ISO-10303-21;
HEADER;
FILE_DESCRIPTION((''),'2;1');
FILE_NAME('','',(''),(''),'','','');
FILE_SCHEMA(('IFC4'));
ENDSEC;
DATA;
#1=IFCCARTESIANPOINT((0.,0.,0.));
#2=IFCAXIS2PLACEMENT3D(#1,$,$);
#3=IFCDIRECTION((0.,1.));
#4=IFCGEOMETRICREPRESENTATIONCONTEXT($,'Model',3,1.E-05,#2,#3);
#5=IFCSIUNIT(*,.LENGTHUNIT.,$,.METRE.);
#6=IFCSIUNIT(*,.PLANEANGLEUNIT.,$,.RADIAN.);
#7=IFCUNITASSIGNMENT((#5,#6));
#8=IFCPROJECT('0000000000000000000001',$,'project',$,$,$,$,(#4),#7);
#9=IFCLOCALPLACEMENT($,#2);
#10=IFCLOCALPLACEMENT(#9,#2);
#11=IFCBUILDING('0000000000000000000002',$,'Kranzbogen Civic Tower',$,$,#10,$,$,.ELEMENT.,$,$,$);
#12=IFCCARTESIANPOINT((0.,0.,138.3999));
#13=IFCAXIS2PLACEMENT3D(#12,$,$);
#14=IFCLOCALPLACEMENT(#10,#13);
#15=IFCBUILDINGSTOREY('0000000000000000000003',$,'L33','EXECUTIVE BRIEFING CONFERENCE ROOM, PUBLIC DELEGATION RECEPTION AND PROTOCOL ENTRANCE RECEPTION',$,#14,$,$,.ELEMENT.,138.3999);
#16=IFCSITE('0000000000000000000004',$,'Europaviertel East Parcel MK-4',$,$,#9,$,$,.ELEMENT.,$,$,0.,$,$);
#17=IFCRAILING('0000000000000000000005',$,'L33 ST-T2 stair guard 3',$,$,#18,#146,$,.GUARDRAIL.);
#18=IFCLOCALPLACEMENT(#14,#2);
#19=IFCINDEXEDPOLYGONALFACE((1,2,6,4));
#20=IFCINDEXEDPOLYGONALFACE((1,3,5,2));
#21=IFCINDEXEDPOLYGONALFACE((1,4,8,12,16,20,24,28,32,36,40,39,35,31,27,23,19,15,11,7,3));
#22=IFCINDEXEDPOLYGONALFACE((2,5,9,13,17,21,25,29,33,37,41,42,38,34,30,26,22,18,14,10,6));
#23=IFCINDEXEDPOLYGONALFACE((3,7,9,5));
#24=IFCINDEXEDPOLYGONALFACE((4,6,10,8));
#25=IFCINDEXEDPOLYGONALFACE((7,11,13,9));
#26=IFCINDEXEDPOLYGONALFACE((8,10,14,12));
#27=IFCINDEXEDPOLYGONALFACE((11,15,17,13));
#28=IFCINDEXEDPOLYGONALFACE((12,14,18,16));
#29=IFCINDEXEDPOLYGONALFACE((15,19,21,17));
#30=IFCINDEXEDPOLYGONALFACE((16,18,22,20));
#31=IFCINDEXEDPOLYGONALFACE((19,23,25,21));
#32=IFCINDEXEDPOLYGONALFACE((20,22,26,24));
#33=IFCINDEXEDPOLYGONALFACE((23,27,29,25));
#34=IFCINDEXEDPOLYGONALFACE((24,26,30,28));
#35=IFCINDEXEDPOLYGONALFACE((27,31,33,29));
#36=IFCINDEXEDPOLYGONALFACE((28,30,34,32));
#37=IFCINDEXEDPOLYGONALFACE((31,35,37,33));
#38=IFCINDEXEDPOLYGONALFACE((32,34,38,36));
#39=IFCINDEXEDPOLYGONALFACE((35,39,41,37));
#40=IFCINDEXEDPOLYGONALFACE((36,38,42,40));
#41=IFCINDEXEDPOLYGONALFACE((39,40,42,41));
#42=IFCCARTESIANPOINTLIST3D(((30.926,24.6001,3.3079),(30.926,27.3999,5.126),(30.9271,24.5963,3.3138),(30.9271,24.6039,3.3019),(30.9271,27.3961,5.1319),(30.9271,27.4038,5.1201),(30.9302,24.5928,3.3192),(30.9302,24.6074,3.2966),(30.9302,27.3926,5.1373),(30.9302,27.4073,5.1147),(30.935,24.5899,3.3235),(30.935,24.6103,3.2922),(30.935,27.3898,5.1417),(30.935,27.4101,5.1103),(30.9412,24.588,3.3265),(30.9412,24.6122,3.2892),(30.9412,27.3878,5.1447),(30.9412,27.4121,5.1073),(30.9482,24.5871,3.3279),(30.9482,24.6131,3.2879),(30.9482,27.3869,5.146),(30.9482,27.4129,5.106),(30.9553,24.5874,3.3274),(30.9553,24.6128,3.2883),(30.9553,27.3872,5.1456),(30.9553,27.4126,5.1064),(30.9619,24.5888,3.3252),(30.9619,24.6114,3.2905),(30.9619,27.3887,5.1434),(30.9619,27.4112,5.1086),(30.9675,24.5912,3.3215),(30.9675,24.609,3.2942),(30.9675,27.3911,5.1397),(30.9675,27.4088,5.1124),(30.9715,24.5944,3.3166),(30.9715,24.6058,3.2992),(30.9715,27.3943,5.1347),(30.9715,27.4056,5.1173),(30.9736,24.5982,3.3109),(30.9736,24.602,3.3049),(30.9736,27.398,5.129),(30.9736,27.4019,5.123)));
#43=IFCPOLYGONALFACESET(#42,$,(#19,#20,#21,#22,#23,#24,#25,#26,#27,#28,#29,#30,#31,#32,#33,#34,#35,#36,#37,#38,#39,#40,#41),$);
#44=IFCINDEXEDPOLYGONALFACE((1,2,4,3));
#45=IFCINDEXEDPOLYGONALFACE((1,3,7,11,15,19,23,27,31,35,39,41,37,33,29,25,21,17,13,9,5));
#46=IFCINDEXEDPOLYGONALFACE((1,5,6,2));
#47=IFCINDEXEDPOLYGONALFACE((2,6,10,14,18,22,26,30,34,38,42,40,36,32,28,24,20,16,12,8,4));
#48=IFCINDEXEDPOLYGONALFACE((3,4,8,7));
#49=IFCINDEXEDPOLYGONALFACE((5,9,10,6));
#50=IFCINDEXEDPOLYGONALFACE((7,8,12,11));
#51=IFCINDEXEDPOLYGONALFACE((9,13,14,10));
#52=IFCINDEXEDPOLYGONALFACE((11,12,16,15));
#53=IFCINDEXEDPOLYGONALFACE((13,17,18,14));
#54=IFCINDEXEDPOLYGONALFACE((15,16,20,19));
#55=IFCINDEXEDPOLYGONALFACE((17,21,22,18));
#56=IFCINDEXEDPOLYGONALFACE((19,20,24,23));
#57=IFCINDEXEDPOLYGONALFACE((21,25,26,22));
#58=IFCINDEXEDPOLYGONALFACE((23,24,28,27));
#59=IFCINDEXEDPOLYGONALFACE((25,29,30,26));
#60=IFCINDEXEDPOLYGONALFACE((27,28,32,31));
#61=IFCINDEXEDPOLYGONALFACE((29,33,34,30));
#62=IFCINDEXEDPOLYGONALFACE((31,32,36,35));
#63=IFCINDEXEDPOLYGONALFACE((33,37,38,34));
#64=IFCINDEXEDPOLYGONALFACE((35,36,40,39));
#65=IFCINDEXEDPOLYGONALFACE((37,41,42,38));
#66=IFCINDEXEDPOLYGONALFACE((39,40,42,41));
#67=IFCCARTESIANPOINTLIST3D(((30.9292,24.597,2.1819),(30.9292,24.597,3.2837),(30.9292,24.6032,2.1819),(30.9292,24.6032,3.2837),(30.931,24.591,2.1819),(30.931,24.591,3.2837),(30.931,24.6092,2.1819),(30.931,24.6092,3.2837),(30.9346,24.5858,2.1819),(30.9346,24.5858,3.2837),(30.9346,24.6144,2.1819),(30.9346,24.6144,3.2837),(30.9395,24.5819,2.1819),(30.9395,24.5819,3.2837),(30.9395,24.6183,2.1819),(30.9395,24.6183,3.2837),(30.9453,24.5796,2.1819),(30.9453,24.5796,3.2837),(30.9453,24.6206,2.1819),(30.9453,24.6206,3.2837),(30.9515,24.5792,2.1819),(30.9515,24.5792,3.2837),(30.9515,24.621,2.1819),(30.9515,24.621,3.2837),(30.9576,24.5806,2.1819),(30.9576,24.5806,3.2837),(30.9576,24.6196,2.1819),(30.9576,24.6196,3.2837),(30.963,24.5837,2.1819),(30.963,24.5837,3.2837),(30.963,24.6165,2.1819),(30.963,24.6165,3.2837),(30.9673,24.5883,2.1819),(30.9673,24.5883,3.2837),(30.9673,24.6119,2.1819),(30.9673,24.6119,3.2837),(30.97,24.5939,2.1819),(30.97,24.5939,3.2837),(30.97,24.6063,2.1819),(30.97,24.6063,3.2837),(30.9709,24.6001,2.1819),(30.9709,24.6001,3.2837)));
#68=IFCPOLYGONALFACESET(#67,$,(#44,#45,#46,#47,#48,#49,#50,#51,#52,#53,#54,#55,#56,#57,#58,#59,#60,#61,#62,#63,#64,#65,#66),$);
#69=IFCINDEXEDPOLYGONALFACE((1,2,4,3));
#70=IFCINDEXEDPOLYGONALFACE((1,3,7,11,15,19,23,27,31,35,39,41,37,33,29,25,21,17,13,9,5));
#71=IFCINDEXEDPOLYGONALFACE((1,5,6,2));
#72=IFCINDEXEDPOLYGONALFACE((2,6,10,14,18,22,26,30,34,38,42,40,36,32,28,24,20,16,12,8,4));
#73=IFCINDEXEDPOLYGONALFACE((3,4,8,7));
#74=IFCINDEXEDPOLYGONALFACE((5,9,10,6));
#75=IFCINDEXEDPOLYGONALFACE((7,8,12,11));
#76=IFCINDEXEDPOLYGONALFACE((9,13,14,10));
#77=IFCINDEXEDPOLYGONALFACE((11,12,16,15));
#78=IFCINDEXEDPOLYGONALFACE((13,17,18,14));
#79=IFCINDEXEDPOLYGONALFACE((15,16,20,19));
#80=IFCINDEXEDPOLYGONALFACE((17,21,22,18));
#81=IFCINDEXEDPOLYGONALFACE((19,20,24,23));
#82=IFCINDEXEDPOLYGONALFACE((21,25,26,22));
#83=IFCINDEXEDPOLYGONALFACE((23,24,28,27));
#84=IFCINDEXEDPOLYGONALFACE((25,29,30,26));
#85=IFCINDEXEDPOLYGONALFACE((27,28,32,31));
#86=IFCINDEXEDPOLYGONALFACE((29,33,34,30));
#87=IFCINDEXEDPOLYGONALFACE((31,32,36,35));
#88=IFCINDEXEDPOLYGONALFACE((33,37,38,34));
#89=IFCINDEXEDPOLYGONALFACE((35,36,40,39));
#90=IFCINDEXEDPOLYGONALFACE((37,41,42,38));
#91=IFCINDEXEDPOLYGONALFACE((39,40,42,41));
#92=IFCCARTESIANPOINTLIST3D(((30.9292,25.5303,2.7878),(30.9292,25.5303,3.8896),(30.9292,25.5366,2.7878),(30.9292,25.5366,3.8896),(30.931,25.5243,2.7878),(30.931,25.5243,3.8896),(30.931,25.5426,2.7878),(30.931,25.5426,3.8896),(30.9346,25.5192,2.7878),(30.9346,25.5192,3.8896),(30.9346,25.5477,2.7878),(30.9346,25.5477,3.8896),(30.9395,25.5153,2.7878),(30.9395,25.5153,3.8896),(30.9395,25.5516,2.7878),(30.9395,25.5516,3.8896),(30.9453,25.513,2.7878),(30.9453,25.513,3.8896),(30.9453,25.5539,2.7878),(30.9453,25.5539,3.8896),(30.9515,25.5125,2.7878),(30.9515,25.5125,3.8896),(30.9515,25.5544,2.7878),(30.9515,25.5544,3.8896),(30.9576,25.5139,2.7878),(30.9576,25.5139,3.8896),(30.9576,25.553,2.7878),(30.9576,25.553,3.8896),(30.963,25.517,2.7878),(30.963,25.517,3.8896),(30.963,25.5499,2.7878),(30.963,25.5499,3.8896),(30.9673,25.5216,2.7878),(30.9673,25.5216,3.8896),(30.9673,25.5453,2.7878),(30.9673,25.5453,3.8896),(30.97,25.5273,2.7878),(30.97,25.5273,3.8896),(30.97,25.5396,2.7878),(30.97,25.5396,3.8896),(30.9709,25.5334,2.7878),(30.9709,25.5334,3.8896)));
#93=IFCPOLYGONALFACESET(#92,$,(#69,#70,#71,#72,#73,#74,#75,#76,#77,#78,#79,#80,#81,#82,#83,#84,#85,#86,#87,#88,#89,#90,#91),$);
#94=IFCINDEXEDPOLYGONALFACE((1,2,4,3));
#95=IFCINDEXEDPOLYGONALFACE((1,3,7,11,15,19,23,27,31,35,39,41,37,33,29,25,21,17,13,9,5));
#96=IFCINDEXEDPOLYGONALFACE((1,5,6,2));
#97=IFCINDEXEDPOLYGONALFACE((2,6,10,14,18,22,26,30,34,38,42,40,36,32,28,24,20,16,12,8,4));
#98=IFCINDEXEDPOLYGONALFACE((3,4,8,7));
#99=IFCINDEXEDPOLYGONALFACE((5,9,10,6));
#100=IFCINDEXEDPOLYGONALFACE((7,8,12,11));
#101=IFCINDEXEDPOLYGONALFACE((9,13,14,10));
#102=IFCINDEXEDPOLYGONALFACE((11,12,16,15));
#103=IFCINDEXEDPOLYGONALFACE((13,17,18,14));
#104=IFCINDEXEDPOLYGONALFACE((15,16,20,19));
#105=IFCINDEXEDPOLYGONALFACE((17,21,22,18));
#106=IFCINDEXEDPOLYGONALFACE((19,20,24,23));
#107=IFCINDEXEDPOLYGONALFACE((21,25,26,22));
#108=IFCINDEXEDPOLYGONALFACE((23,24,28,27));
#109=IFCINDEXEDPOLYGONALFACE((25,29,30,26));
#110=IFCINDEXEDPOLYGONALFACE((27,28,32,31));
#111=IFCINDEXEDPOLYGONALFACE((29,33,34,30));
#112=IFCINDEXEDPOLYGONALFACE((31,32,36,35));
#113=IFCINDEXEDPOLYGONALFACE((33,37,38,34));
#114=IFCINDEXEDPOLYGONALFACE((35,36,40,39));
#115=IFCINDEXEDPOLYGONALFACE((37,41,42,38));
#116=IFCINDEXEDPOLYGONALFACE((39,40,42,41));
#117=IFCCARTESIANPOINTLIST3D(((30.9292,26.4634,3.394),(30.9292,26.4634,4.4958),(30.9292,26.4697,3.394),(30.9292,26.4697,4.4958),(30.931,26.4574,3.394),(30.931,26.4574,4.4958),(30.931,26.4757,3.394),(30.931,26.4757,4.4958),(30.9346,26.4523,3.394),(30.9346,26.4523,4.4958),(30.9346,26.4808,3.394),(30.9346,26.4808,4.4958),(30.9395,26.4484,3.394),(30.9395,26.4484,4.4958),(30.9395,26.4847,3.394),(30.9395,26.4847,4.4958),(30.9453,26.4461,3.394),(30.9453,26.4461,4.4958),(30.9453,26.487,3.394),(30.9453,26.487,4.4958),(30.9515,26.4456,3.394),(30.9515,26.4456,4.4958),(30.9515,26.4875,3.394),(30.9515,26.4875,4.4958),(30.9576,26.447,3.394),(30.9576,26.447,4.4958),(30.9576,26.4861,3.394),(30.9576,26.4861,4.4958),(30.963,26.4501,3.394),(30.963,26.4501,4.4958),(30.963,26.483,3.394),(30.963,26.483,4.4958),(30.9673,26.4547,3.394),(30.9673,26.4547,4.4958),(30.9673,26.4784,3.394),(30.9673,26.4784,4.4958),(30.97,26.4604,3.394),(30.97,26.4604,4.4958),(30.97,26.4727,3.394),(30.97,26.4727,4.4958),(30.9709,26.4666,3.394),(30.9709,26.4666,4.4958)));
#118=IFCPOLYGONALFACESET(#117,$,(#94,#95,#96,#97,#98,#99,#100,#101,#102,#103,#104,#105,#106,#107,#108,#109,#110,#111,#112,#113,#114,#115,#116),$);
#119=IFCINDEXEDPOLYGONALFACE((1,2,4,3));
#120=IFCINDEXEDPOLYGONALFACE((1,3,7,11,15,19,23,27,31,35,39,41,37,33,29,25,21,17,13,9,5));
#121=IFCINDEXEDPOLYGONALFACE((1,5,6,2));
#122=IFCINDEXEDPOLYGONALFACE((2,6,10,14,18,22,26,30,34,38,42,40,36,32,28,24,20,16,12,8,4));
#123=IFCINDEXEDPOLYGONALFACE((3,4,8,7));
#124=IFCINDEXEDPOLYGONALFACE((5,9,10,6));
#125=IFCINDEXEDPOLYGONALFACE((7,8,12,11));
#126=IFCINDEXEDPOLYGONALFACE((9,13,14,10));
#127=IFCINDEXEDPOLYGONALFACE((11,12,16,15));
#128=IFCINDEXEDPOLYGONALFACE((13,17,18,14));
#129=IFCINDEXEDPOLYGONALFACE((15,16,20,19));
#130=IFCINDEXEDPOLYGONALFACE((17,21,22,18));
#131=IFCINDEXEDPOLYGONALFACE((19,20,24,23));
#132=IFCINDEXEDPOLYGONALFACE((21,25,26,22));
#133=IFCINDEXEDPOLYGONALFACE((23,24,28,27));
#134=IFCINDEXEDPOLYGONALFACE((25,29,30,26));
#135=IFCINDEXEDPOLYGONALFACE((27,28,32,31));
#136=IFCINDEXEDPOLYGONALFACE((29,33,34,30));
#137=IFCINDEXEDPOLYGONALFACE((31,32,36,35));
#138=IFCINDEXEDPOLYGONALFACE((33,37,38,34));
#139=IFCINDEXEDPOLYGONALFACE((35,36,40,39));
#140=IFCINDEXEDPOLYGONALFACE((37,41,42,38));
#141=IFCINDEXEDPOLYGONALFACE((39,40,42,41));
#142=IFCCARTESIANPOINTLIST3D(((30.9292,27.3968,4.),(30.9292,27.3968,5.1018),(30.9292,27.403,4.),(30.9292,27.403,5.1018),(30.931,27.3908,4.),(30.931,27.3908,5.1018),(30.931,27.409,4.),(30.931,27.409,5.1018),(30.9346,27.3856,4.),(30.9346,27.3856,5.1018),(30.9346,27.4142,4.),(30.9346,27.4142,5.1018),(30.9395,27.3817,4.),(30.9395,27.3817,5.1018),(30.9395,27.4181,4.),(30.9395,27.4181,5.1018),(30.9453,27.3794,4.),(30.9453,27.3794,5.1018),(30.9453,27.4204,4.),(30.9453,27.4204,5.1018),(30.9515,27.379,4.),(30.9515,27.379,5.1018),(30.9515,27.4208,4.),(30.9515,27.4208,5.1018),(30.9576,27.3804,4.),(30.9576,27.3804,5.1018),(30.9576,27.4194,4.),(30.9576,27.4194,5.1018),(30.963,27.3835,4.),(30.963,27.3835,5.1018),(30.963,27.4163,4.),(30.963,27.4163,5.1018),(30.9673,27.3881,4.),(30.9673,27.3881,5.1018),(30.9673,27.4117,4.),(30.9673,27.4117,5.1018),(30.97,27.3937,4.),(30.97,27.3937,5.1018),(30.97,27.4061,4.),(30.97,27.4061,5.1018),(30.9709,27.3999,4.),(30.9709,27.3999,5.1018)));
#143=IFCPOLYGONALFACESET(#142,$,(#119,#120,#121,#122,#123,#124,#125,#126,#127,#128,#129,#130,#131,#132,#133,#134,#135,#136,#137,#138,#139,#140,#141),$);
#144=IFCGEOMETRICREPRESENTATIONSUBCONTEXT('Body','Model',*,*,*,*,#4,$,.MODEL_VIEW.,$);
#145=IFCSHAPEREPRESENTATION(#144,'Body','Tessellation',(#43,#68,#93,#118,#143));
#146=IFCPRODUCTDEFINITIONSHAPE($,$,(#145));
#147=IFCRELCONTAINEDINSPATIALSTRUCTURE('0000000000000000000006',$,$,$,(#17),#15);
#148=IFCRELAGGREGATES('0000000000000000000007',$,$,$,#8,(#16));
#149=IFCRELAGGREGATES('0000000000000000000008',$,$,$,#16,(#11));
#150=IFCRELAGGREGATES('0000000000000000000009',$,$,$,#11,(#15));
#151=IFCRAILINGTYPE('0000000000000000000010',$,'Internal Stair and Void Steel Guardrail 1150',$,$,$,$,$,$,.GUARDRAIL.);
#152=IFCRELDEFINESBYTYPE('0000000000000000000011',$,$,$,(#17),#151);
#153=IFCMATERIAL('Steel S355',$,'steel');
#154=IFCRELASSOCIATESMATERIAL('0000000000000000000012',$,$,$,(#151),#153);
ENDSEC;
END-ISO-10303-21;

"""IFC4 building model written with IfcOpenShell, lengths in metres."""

from ifc_helpers import new_model, si_unit, direction, frame, origin, origin_2d, place, context, subcontext, project, spatial, circle, extrude, material, type_object, element, save


model = new_model("IFC4")

# Units and contexts
model_context = context("Model", 3, precision=1e-05, world=origin(), true_north=direction((0.0, 1.0)))
body_context = subcontext(model_context, "Body", "Model", "MODEL_VIEW")
ifc_project = project(units=[si_unit("LENGTHUNIT", "METRE"), si_unit("PLANEANGLEUNIT", "RADIAN")], contexts=[model_context])

# Site, building, storey
site_placement = place(None, origin())
site = spatial("IfcSite", under=ifc_project, at=site_placement, Name="Europaviertel East Parcel MK-4", CompositionType="ELEMENT", RefElevation=0.0)
building_placement = place(site_placement, origin())
building = spatial("IfcBuilding", under=site, at=building_placement, Name="Kranzbogen Civic Tower", CompositionType="ELEMENT")
storey_placement = place(building_placement, frame((0.0, 0.0, 138.3999)))
storey = spatial("IfcBuildingStorey", under=building, at=storey_placement, Name="L33", Description="EXECUTIVE BRIEFING CONFERENCE ROOM, PUBLIC DELEGATION RECEPTION AND PROTOCOL ENTRANCE RECEPTION", CompositionType="ELEMENT", Elevation=138.3999)

# Shared definitions
ifc_material_1 = material(Name="Steel S355", Category="steel")

# Railing
railing_type_1 = type_object("IfcRailingType", Name="Internal Stair and Void Steel Guardrail 1150", PredefinedType="GUARDRAIL", material=ifc_material_1)
railing_1_placement = place(storey_placement, frame((30.95, 24.6001, 2.1819)))
element("IfcRailing", 1, at=railing_1_placement, inside=storey, type_object=railing_type_1, Name="L33 ST-T2 stair guard 3", PredefinedType="GUARDRAIL", context=body_context, shape_type="SweptSolid", body=[
    extrude(circle(Radius=0.0239, at=origin_2d()), frame((0.0, 0.0, 1.126), z_axis=(0.0, 0.838684, 0.544618), x_axis=(-1.0, 0.0, 0.0)), (0.0, 0.0, 1.0), 3.3384),
    extrude(circle(Radius=0.021, at=origin_2d()), origin(), (0.0, 0.0, 1.0), 1.1018),
    extrude(circle(Radius=0.021, at=origin_2d()), frame((0.0, 0.9333, 0.606)), (0.0, 0.0, 1.0), 1.1018),
    extrude(circle(Radius=0.021, at=origin_2d()), frame((0.0, 1.8665, 1.2122)), (0.0, 0.0, 1.0), 1.1018),
    extrude(circle(Radius=0.021, at=origin_2d()), frame((0.0, 2.7998, 1.8181)), (0.0, 0.0, 1.0), 1.1018),
])

save(model, "model.ifc")
